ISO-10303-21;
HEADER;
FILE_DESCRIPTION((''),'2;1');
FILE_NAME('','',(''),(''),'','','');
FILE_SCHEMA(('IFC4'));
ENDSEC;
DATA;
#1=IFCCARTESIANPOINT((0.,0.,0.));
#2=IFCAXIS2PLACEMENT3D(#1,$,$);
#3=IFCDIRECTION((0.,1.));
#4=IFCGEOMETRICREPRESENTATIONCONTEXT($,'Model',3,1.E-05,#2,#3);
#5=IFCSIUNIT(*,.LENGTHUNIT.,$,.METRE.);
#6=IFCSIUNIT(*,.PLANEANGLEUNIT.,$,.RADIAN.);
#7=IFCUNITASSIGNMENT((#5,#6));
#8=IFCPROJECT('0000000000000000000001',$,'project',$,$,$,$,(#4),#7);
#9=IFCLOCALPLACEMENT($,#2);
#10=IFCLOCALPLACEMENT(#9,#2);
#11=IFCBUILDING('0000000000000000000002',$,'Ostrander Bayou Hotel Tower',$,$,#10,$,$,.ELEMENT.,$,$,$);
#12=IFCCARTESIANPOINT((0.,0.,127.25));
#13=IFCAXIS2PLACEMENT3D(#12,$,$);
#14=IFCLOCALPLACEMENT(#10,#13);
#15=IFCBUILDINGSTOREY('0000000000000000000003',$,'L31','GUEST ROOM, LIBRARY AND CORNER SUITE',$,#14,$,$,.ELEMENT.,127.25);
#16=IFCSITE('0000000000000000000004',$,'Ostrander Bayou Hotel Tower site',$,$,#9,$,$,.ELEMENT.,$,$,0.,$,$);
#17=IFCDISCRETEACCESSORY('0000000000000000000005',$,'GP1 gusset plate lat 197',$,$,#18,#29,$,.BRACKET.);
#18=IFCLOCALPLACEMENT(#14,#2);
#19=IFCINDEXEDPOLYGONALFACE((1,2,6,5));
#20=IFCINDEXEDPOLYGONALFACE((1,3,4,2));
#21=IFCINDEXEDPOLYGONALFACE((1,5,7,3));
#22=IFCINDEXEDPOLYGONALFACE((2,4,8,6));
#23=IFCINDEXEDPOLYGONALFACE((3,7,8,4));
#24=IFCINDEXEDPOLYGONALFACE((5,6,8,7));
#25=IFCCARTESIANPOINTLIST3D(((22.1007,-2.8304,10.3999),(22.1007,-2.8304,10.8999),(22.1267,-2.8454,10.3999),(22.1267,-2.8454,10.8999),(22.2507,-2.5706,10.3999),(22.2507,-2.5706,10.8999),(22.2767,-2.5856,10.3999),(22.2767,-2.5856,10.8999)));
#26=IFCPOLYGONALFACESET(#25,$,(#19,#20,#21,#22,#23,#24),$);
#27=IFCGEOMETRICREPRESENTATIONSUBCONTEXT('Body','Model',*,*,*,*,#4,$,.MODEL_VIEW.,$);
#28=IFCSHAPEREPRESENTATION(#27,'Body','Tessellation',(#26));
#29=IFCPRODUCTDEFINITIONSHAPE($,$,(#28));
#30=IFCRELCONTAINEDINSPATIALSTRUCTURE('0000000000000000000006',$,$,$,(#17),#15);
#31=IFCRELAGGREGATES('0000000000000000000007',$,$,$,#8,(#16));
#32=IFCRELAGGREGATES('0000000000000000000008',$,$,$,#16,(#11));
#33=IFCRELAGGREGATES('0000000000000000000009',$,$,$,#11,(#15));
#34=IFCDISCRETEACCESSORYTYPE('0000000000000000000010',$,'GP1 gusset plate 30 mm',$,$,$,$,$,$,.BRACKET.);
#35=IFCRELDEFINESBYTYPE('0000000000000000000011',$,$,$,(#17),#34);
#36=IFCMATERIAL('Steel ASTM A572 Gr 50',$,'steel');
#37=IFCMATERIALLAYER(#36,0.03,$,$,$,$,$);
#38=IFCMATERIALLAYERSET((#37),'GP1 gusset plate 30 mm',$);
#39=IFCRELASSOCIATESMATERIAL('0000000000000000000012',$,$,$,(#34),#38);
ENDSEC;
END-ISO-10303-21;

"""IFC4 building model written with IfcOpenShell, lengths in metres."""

from ifc_helpers import new_model, si_unit, direction, frame, origin, origin_2d, place, context, subcontext, project, spatial, rectangle, extrude, material, layer, layer_set, type_object, element, save


model = new_model("IFC4")

# Units and contexts
model_context = context("Model", 3, precision=1e-05, world=origin(), true_north=direction((0.0, 1.0)))
body_context = subcontext(model_context, "Body", "Model", "MODEL_VIEW")
ifc_project = project(units=[si_unit("LENGTHUNIT", "METRE"), si_unit("PLANEANGLEUNIT", "RADIAN")], contexts=[model_context])

# Site, building, storey
site_placement = place(None, origin())
site = spatial("IfcSite", under=ifc_project, at=site_placement, Name="Ostrander Bayou Hotel Tower site", CompositionType="ELEMENT", RefElevation=0.0)
building_placement = place(site_placement, origin())
building = spatial("IfcBuilding", under=site, at=building_placement, Name="Ostrander Bayou Hotel Tower", CompositionType="ELEMENT")
storey_placement = place(building_placement, frame((0.0, 0.0, 127.25)))
storey = spatial("IfcBuildingStorey", under=building, at=storey_placement, Name="L31", Description="GUEST ROOM, LIBRARY AND CORNER SUITE", CompositionType="ELEMENT", Elevation=127.25)

# Discrete accessory
ifc_material_1 = material(Name="Steel ASTM A572 Gr 50", Category="steel")
ifc_layer_1 = layer(ifc_material_1, 0.03)
ifc_layer_set_1 = layer_set([ifc_layer_1], Name="GP1 gusset plate 30 mm")
discrete_accessory_type = type_object("IfcDiscreteAccessoryType", Name="GP1 gusset plate 30 mm", PredefinedType="BRACKET", material=ifc_layer_set_1)
for number, where, z_axis, x_axis, name in (
    (1, (22.1887, -2.708, 10.3999), (0.0, 0.0, 1.0), (0.5, 0.866025, 0.0), "GP1 gusset plate lat 197"),
):
    element("IfcDiscreteAccessory", number, at=place(storey_placement, frame(where, z_axis=z_axis, x_axis=x_axis)), inside=storey, type_object=discrete_accessory_type, Name=name, PredefinedType="BRACKET", context=body_context, shape_type="SweptSolid", body=[
        extrude(rectangle(XDim=0.3, YDim=0.03, at=origin_2d()), origin(), (0.0, 0.0, 1.0), 0.5),
    ])

save(model, "model.ifc")
